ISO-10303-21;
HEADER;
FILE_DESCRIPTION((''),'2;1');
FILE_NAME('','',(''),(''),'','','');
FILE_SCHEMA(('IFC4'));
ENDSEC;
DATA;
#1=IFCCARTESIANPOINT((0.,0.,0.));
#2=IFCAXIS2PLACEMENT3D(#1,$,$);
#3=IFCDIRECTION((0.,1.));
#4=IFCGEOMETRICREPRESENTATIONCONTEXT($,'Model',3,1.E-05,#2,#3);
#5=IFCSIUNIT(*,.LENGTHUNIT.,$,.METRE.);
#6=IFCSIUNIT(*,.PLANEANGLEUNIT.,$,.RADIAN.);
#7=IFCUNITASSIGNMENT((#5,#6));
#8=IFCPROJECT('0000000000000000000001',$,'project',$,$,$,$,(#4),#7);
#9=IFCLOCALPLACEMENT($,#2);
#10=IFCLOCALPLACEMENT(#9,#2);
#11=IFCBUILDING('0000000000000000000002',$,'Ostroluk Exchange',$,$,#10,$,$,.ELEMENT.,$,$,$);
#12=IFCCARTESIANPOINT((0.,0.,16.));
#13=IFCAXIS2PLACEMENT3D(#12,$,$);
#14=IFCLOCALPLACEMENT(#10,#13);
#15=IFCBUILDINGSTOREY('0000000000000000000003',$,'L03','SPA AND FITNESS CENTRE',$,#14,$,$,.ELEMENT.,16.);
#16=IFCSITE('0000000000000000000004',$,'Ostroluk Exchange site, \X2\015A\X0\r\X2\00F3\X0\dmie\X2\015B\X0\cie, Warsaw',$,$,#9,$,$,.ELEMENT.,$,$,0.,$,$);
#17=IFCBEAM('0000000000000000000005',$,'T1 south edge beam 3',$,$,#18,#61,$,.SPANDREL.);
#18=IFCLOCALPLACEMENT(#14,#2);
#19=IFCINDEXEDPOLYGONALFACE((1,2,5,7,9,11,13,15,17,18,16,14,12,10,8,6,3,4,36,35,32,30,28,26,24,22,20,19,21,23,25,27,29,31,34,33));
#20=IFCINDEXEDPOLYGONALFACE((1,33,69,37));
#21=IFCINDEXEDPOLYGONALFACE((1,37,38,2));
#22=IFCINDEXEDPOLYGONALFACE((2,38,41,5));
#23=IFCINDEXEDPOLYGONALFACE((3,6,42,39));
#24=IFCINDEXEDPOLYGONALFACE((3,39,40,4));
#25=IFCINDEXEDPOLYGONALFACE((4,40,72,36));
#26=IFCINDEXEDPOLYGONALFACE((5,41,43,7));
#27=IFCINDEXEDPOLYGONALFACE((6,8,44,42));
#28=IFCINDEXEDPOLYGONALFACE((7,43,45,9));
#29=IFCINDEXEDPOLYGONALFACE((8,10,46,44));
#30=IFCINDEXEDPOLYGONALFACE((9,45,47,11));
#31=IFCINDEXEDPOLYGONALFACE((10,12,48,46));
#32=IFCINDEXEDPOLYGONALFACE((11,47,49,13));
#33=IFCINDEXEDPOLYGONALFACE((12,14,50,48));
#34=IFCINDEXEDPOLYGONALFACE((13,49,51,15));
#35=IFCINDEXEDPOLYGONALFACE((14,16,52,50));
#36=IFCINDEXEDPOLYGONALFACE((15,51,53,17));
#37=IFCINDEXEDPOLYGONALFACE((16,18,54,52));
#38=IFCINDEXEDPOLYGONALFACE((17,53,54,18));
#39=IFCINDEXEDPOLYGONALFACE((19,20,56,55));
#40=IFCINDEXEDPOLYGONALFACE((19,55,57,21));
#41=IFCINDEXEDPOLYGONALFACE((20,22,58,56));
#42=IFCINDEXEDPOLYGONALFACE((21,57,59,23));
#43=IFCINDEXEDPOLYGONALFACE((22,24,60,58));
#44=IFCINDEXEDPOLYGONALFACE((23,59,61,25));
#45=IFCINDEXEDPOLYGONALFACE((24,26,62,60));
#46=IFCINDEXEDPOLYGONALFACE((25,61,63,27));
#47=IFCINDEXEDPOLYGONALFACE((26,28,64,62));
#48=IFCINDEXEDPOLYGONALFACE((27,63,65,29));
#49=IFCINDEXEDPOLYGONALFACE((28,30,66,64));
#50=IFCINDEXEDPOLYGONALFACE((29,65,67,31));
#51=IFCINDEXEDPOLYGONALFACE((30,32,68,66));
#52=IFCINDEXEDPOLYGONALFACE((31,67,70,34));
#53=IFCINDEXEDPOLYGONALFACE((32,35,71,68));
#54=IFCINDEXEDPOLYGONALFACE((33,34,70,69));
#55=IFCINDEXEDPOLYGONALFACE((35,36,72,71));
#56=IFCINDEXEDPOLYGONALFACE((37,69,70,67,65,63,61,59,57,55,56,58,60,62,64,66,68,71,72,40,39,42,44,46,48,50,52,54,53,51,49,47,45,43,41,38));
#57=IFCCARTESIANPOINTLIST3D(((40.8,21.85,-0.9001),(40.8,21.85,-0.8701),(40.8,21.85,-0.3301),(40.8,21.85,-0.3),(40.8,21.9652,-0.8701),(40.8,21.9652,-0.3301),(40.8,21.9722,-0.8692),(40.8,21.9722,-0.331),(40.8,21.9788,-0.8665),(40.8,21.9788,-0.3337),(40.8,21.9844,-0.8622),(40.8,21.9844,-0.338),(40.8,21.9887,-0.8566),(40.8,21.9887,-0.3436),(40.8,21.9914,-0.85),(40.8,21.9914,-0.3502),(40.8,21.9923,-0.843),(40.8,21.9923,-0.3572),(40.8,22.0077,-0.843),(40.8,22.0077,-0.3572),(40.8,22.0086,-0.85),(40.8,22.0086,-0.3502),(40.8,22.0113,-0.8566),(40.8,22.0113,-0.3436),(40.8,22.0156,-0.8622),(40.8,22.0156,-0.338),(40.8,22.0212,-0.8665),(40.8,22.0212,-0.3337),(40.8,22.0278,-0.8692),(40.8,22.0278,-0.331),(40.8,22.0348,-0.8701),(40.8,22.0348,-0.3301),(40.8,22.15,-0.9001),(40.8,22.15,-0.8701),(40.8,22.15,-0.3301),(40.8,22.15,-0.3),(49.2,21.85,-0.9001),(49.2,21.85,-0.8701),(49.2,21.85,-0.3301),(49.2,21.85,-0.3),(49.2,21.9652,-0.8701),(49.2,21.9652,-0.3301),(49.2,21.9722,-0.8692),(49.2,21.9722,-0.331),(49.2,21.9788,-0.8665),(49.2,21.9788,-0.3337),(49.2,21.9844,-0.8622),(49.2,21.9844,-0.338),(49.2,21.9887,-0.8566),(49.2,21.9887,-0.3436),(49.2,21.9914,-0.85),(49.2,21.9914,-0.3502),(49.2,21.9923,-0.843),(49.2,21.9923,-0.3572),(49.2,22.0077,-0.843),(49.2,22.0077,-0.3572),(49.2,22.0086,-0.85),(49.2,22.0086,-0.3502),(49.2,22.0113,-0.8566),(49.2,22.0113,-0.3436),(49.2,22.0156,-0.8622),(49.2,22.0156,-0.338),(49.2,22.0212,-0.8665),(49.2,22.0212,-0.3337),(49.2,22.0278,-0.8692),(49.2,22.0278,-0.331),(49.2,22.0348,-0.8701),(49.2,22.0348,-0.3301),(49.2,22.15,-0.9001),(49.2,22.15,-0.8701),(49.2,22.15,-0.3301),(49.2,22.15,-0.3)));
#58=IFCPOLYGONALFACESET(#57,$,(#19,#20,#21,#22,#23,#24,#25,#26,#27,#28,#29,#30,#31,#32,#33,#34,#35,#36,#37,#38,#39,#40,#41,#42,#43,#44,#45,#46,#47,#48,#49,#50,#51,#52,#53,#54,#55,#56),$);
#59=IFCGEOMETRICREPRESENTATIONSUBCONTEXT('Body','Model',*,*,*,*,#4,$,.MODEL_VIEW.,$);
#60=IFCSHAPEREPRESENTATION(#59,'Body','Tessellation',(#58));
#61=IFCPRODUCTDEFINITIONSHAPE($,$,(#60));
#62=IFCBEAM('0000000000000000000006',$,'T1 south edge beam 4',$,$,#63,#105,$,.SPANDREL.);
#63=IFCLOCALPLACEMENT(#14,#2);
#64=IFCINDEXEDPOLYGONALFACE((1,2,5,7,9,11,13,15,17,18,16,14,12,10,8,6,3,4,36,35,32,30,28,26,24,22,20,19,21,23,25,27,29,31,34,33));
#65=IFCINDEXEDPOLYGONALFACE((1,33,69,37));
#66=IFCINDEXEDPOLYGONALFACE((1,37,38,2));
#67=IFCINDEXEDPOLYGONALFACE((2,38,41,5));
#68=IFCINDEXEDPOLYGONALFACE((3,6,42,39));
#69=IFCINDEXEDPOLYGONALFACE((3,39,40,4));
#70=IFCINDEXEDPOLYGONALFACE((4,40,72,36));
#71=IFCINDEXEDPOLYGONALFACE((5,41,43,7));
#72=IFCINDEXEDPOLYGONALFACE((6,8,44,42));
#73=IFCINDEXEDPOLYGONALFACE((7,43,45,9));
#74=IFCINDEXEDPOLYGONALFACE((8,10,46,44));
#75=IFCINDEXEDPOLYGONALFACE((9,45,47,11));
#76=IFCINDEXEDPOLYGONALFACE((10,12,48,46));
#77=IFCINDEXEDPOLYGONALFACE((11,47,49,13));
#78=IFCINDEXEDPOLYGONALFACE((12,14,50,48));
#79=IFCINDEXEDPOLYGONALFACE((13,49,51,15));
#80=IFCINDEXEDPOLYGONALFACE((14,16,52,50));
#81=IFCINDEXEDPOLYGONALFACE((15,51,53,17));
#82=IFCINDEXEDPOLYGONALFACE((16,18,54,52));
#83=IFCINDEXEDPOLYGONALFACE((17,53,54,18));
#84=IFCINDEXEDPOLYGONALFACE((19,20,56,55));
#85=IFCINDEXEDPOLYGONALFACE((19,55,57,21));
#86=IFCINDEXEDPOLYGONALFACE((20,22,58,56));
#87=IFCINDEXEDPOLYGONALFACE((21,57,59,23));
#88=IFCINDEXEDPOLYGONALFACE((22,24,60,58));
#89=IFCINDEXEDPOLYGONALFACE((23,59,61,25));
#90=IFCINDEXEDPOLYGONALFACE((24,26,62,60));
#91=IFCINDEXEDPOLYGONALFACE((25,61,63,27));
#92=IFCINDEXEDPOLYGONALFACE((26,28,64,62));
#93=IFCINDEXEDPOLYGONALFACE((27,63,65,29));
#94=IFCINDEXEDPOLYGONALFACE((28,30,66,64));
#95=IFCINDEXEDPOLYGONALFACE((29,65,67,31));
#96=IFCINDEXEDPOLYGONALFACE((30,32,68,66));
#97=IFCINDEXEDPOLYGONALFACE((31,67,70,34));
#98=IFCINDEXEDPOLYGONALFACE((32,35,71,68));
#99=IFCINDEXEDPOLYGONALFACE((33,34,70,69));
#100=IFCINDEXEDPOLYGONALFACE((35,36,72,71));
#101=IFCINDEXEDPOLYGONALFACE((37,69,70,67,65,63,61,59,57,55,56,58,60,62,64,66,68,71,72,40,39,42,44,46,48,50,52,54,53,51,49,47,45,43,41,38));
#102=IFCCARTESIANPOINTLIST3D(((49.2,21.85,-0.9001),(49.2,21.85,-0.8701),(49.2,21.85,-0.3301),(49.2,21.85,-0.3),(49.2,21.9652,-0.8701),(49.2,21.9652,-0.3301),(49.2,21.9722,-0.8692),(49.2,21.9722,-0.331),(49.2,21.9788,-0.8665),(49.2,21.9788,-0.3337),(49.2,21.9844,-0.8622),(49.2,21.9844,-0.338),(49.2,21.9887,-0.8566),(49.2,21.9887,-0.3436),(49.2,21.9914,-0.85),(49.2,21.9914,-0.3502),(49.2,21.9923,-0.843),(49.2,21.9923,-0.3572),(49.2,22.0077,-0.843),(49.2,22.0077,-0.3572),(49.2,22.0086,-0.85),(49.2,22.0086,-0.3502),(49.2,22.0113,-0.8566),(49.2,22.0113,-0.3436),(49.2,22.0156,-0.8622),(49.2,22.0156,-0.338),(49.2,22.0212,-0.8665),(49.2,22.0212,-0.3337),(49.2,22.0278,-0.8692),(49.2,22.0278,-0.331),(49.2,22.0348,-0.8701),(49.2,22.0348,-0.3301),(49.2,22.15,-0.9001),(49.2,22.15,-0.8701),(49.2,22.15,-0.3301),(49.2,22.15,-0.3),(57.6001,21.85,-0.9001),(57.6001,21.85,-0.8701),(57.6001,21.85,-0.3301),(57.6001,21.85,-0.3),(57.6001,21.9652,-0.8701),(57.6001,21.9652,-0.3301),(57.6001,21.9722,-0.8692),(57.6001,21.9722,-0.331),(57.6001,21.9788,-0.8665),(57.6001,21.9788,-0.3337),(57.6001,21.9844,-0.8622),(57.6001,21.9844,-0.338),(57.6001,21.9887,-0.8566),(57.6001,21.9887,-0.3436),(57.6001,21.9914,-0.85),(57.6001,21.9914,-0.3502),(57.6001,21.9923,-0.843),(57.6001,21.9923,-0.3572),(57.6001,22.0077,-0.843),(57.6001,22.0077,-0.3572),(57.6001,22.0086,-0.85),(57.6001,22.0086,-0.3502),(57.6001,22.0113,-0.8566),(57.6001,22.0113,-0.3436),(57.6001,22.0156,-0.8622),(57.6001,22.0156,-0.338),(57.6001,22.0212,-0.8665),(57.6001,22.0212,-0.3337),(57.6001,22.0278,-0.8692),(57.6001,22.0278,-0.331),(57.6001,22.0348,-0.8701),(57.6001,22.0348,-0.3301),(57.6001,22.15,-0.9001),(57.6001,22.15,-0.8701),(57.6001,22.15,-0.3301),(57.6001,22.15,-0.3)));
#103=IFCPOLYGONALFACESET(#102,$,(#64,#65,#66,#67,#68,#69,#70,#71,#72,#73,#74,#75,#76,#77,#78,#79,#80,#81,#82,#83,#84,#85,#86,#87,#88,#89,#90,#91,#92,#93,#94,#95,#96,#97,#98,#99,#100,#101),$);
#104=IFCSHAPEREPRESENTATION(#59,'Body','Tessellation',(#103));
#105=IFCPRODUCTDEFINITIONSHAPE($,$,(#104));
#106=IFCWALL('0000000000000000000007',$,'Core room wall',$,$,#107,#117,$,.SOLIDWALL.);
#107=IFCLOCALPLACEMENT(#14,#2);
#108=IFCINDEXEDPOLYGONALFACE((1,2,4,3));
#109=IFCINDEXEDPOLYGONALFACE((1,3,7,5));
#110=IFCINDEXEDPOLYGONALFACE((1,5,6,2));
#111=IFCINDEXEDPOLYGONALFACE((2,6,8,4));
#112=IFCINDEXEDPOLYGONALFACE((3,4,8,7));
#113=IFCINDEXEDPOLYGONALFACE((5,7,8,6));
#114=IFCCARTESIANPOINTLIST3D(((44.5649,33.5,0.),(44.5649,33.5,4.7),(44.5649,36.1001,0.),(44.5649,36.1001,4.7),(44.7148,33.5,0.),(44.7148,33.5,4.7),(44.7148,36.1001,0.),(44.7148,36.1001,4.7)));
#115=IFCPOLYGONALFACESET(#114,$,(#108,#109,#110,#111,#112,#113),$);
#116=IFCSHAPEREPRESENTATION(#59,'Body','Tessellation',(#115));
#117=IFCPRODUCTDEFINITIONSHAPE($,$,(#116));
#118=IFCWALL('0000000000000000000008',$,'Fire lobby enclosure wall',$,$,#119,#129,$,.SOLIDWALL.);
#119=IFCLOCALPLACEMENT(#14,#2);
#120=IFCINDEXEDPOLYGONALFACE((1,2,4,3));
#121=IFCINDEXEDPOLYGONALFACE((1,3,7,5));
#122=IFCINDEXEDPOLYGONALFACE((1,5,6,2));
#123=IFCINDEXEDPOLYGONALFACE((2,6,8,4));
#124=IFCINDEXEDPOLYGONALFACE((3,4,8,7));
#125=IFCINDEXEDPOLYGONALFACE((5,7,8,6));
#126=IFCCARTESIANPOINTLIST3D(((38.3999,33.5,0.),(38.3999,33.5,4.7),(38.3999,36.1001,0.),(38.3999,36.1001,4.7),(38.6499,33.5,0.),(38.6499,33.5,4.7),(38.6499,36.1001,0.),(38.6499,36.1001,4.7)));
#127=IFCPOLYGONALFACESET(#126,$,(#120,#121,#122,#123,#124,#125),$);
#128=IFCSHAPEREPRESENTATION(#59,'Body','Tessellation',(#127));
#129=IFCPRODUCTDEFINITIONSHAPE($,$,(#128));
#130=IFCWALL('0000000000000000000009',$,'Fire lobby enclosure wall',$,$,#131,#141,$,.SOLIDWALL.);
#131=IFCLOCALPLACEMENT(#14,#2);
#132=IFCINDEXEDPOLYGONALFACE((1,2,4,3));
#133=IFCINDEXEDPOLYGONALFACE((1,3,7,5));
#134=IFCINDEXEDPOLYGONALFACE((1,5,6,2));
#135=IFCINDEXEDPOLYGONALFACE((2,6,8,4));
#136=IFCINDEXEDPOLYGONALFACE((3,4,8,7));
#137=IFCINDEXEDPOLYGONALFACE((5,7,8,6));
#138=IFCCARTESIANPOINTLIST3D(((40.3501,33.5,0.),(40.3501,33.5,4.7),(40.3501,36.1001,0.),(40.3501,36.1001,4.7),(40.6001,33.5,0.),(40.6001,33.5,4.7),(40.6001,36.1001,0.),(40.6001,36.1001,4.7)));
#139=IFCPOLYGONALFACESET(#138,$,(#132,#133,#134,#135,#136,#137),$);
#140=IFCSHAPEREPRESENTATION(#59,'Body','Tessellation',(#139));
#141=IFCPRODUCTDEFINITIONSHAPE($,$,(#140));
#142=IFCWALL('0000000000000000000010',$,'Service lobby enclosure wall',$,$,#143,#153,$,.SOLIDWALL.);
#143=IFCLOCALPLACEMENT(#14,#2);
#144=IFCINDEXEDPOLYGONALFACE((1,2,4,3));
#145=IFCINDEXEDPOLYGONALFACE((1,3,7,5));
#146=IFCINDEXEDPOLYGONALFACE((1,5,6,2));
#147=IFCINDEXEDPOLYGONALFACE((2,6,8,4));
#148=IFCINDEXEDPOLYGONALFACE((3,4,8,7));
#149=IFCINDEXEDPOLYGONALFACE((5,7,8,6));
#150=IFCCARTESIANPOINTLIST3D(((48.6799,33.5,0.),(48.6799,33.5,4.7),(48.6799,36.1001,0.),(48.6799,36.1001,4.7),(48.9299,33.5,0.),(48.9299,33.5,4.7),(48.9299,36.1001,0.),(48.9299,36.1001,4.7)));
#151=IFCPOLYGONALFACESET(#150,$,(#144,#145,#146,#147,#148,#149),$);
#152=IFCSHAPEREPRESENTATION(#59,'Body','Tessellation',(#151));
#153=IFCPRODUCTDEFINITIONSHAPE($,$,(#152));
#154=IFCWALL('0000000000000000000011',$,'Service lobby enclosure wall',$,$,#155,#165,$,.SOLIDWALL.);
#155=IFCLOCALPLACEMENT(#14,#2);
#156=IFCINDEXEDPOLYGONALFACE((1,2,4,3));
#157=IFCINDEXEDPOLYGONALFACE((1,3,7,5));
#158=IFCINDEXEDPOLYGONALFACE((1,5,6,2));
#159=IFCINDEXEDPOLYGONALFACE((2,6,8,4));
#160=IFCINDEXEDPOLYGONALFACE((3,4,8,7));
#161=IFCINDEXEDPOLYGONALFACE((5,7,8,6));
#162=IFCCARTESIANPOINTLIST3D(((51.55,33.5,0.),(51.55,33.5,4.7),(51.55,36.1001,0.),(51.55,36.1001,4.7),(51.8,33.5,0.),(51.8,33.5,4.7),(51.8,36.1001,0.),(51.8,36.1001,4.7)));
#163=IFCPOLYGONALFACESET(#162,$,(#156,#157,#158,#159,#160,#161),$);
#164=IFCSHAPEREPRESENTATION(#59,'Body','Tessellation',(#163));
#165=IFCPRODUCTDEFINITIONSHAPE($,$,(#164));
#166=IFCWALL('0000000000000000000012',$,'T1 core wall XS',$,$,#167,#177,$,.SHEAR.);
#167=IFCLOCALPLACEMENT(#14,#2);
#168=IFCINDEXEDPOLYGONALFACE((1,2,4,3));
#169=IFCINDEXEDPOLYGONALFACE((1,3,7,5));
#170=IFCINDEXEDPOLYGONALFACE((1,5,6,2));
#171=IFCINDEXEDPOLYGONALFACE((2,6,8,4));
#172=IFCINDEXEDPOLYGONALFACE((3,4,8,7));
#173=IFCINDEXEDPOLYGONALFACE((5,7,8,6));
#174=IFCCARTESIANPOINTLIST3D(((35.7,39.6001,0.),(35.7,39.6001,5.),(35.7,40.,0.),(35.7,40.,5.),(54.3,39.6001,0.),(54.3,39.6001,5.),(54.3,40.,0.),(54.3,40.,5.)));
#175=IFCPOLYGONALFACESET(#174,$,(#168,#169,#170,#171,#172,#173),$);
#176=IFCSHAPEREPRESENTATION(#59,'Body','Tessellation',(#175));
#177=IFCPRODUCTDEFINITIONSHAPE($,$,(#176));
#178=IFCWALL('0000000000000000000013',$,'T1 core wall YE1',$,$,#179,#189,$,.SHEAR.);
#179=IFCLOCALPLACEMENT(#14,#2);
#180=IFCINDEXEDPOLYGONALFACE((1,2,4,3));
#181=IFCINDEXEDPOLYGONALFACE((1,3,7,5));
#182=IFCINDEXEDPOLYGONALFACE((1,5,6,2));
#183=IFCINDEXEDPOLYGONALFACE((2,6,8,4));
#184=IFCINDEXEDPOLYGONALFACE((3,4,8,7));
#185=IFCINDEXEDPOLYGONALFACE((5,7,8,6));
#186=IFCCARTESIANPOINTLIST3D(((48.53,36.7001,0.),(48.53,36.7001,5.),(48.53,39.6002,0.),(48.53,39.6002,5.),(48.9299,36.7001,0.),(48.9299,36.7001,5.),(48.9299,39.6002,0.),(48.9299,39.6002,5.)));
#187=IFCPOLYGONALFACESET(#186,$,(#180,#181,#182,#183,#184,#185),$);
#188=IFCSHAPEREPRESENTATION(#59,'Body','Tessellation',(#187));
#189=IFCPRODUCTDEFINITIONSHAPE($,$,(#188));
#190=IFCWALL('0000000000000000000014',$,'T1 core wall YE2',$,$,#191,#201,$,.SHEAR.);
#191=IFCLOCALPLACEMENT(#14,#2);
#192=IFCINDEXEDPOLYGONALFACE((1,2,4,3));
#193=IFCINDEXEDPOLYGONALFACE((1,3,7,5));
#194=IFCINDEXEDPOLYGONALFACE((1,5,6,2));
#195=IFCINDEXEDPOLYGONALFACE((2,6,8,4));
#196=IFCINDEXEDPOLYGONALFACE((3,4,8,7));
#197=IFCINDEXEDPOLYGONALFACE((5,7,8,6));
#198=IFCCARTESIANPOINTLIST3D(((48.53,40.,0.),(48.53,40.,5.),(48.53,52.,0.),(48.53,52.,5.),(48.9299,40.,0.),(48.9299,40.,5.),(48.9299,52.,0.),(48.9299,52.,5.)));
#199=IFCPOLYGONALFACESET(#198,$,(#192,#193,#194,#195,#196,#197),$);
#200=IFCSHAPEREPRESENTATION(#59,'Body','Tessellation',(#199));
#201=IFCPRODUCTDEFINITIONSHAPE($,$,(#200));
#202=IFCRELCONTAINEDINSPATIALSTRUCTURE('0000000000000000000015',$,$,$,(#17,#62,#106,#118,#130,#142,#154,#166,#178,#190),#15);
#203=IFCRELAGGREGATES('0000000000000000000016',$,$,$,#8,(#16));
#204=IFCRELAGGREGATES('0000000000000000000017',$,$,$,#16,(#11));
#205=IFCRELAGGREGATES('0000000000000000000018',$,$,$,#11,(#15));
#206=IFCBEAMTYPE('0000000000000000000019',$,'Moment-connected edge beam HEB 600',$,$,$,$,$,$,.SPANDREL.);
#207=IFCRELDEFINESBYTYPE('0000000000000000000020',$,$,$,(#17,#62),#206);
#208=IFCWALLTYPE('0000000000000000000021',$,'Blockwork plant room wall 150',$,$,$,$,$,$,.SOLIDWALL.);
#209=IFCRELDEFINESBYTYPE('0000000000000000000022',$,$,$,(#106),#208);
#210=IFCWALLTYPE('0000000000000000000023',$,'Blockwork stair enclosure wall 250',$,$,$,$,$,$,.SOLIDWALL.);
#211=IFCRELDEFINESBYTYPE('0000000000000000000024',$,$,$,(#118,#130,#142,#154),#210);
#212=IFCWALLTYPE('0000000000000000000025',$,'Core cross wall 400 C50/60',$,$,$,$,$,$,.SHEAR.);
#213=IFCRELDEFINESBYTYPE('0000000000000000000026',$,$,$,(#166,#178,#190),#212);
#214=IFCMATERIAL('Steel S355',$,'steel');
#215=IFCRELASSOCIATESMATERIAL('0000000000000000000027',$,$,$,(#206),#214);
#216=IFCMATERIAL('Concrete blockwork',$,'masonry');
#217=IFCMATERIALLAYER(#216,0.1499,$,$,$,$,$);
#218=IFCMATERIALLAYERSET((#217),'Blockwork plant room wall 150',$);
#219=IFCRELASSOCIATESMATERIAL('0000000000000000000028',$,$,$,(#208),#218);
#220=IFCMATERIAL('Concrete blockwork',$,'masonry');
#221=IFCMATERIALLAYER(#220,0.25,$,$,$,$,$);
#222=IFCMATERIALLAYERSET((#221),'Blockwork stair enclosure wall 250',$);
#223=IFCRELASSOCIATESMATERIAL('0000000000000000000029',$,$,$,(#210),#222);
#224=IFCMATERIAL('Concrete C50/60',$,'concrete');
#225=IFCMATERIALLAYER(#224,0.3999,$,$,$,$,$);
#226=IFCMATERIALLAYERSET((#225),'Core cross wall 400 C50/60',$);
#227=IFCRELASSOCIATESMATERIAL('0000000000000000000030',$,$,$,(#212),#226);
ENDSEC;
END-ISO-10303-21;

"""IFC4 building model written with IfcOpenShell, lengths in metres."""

from ifc_helpers import new_model, si_unit, direction, frame, frame_2d, origin, origin_2d, place, context, subcontext, project, spatial, rectangle, i_section, extrude, material, layer, layer_set, material_profile, profile_set, type_object, element, save


model = new_model("IFC4")

# Units and contexts
model_context = context("Model", 3, precision=1e-05, world=origin(), true_north=direction((0.0, 1.0)))
body_context = subcontext(model_context, "Body", "Model", "MODEL_VIEW")
ifc_project = project(units=[si_unit("LENGTHUNIT", "METRE"), si_unit("PLANEANGLEUNIT", "RADIAN")], contexts=[model_context])

# Site, building, storey
site_placement = place(None, origin())
site = spatial("IfcSite", under=ifc_project, at=site_placement, Name="Ostroluk Exchange site, Śródmieście, Warsaw", CompositionType="ELEMENT", RefElevation=0.0)
building_placement = place(site_placement, origin())
building = spatial("IfcBuilding", under=site, at=building_placement, Name="Ostroluk Exchange", CompositionType="ELEMENT")
storey_placement = place(building_placement, frame((0.0, 0.0, 16.0)))
storey = spatial("IfcBuildingStorey", under=building, at=storey_placement, Name="L03", Description="SPA AND FITNESS CENTRE", CompositionType="ELEMENT", Elevation=16.0)

# Beams
ifc_material_1 = material(Name="Steel S355", Category="steel")
ifc_material_profile_1 = material_profile(ifc_material_1, i_section(OverallWidth=0.3, OverallDepth=0.6001, WebThickness=0.0154, FlangeThickness=0.03, FilletRadius=0.0271, at=origin_2d()), Name="HEB 600")
ifc_profile_set_1 = profile_set([ifc_material_profile_1], Name="Steel S355")
beam_type_1 = type_object("IfcBeamType", Name="Moment-connected edge beam HEB 600", PredefinedType="SPANDREL", material=ifc_profile_set_1)
beam_1_placement = place(storey_placement, frame((40.8, 22.0, -0.6001), z_axis=(1.0, 0.0, 0.0), x_axis=(0.0, 1.0, 0.0)))
element("IfcBeam", 1, at=beam_1_placement, inside=storey, type_object=beam_type_1, Name="T1 south edge beam 3", PredefinedType="SPANDREL", context=body_context, shape_type="SweptSolid", body=[
    extrude(i_section(OverallWidth=0.3, OverallDepth=0.6001, WebThickness=0.0154, FlangeThickness=0.03, FilletRadius=0.0271, at=origin_2d()), origin(), (0.0, 0.0, 1.0), 8.3999),
])
beam_2_placement = place(storey_placement, frame((49.2, 22.0, -0.6001), z_axis=(1.0, 0.0, 0.0), x_axis=(0.0, 1.0, 0.0)))
element("IfcBeam", 2, at=beam_2_placement, inside=storey, type_object=beam_type_1, Name="T1 south edge beam 4", PredefinedType="SPANDREL", context=body_context, shape_type="SweptSolid", body=[
    extrude(i_section(OverallWidth=0.3, OverallDepth=0.6001, WebThickness=0.0154, FlangeThickness=0.03, FilletRadius=0.0271, at=origin_2d()), origin(), (0.0, 0.0, 1.0), 8.4001),
])

# Walls
ifc_material_2 = material(Name="Concrete blockwork", Category="masonry")
ifc_layer_1 = layer(ifc_material_2, 0.1499)
ifc_layer_set_1 = layer_set([ifc_layer_1], Name="Blockwork plant room wall 150")
wall_type_1 = type_object("IfcWallType", Name="Blockwork plant room wall 150", PredefinedType="SOLIDWALL", material=ifc_layer_set_1)
wall_1_placement = place(storey_placement, frame((44.6399, 33.5, 0.0), z_axis=(0.0, 0.0, 1.0), x_axis=(0.0, 1.0, 0.0)))
element("IfcWall", 3, at=wall_1_placement, inside=storey, type_object=wall_type_1, Name="Core room wall", PredefinedType="SOLIDWALL", context=body_context, shape_type="SweptSolid", body=[
    extrude(rectangle(XDim=2.6001, YDim=0.1499, at=frame_2d((1.3, 0.0))), origin(), (0.0, 0.0, 1.0), 4.7),
])
ifc_material_3 = material(Name="Concrete blockwork", Category="masonry")
ifc_layer_2 = layer(ifc_material_3, 0.25)
ifc_layer_set_2 = layer_set([ifc_layer_2], Name="Blockwork stair enclosure wall 250")
wall_type_2 = type_object("IfcWallType", Name="Blockwork stair enclosure wall 250", PredefinedType="SOLIDWALL", material=ifc_layer_set_2)
for number, where, z_axis, x_axis, name in (
    (4, (38.5249, 33.5, 0.0), (0.0, 0.0, 1.0), (0.0, 1.0, 0.0), "Fire lobby enclosure wall"),
    (5, (40.4751, 33.5, 0.0), (0.0, 0.0, 1.0), (0.0, 1.0, 0.0), "Fire lobby enclosure wall"),
    (6, (48.8049, 33.5, 0.0), (0.0, 0.0, 1.0), (0.0, 1.0, 0.0), "Service lobby enclosure wall"),
    (7, (51.675, 33.5, 0.0), (0.0, 0.0, 1.0), (0.0, 1.0, 0.0), "Service lobby enclosure wall"),
):
    element("IfcWall", number, at=place(storey_placement, frame(where, z_axis=z_axis, x_axis=x_axis)), inside=storey, type_object=wall_type_2, Name=name, PredefinedType="SOLIDWALL", context=body_context, shape_type="SweptSolid", body=[
        extrude(rectangle(XDim=2.6001, YDim=0.25, at=frame_2d((1.3, 0.0))), origin(), (0.0, 0.0, 1.0), 4.7),
    ])
ifc_material_4 = material(Name="Concrete C50/60", Category="concrete")
ifc_layer_3 = layer(ifc_material_4, 0.3999)
ifc_layer_set_3 = layer_set([ifc_layer_3], Name="Core cross wall 400 C50/60")
wall_type_3 = type_object("IfcWallType", Name="Core cross wall 400 C50/60", PredefinedType="SHEAR", material=ifc_layer_set_3)
wall_2_placement = place(storey_placement, frame((35.7, 39.8, 0.0), z_axis=(0.0, 0.0, 1.0), x_axis=(1.0, 0.0, 0.0)))
element("IfcWall", 8, at=wall_2_placement, inside=storey, type_object=wall_type_3, Name="T1 core wall XS", PredefinedType="SHEAR", context=body_context, shape_type="SweptSolid", body=[
    extrude(rectangle(XDim=18.6001, YDim=0.3999, at=frame_2d((9.3, 0.0))), origin(), (0.0, 0.0, 1.0), 5.0),
])
wall_3_placement = place(storey_placement, frame((48.73, 36.7, 0.0), z_axis=(0.0, 0.0, 1.0), x_axis=(0.0, 1.0, 0.0)))
element("IfcWall", 9, at=wall_3_placement, inside=storey, type_object=wall_type_3, Name="T1 core wall YE1", PredefinedType="SHEAR", context=body_context, shape_type="SweptSolid", body=[
    extrude(rectangle(XDim=2.9001, YDim=0.3999, at=frame_2d((1.4502, 0.0))), origin(), (0.0, 0.0, 1.0), 5.0),
])
wall_4_placement = place(storey_placement, frame((48.73, 40.0, 0.0), z_axis=(0.0, 0.0, 1.0), x_axis=(0.0, 1.0, 0.0)))
element("IfcWall", 10, at=wall_4_placement, inside=storey, type_object=wall_type_3, Name="T1 core wall YE2", PredefinedType="SHEAR", context=body_context, shape_type="SweptSolid", body=[
    extrude(rectangle(XDim=12.0, YDim=0.3999, at=frame_2d((6.0, 0.0))), origin(), (0.0, 0.0, 1.0), 5.0),
])

save(model, "model.ifc")
